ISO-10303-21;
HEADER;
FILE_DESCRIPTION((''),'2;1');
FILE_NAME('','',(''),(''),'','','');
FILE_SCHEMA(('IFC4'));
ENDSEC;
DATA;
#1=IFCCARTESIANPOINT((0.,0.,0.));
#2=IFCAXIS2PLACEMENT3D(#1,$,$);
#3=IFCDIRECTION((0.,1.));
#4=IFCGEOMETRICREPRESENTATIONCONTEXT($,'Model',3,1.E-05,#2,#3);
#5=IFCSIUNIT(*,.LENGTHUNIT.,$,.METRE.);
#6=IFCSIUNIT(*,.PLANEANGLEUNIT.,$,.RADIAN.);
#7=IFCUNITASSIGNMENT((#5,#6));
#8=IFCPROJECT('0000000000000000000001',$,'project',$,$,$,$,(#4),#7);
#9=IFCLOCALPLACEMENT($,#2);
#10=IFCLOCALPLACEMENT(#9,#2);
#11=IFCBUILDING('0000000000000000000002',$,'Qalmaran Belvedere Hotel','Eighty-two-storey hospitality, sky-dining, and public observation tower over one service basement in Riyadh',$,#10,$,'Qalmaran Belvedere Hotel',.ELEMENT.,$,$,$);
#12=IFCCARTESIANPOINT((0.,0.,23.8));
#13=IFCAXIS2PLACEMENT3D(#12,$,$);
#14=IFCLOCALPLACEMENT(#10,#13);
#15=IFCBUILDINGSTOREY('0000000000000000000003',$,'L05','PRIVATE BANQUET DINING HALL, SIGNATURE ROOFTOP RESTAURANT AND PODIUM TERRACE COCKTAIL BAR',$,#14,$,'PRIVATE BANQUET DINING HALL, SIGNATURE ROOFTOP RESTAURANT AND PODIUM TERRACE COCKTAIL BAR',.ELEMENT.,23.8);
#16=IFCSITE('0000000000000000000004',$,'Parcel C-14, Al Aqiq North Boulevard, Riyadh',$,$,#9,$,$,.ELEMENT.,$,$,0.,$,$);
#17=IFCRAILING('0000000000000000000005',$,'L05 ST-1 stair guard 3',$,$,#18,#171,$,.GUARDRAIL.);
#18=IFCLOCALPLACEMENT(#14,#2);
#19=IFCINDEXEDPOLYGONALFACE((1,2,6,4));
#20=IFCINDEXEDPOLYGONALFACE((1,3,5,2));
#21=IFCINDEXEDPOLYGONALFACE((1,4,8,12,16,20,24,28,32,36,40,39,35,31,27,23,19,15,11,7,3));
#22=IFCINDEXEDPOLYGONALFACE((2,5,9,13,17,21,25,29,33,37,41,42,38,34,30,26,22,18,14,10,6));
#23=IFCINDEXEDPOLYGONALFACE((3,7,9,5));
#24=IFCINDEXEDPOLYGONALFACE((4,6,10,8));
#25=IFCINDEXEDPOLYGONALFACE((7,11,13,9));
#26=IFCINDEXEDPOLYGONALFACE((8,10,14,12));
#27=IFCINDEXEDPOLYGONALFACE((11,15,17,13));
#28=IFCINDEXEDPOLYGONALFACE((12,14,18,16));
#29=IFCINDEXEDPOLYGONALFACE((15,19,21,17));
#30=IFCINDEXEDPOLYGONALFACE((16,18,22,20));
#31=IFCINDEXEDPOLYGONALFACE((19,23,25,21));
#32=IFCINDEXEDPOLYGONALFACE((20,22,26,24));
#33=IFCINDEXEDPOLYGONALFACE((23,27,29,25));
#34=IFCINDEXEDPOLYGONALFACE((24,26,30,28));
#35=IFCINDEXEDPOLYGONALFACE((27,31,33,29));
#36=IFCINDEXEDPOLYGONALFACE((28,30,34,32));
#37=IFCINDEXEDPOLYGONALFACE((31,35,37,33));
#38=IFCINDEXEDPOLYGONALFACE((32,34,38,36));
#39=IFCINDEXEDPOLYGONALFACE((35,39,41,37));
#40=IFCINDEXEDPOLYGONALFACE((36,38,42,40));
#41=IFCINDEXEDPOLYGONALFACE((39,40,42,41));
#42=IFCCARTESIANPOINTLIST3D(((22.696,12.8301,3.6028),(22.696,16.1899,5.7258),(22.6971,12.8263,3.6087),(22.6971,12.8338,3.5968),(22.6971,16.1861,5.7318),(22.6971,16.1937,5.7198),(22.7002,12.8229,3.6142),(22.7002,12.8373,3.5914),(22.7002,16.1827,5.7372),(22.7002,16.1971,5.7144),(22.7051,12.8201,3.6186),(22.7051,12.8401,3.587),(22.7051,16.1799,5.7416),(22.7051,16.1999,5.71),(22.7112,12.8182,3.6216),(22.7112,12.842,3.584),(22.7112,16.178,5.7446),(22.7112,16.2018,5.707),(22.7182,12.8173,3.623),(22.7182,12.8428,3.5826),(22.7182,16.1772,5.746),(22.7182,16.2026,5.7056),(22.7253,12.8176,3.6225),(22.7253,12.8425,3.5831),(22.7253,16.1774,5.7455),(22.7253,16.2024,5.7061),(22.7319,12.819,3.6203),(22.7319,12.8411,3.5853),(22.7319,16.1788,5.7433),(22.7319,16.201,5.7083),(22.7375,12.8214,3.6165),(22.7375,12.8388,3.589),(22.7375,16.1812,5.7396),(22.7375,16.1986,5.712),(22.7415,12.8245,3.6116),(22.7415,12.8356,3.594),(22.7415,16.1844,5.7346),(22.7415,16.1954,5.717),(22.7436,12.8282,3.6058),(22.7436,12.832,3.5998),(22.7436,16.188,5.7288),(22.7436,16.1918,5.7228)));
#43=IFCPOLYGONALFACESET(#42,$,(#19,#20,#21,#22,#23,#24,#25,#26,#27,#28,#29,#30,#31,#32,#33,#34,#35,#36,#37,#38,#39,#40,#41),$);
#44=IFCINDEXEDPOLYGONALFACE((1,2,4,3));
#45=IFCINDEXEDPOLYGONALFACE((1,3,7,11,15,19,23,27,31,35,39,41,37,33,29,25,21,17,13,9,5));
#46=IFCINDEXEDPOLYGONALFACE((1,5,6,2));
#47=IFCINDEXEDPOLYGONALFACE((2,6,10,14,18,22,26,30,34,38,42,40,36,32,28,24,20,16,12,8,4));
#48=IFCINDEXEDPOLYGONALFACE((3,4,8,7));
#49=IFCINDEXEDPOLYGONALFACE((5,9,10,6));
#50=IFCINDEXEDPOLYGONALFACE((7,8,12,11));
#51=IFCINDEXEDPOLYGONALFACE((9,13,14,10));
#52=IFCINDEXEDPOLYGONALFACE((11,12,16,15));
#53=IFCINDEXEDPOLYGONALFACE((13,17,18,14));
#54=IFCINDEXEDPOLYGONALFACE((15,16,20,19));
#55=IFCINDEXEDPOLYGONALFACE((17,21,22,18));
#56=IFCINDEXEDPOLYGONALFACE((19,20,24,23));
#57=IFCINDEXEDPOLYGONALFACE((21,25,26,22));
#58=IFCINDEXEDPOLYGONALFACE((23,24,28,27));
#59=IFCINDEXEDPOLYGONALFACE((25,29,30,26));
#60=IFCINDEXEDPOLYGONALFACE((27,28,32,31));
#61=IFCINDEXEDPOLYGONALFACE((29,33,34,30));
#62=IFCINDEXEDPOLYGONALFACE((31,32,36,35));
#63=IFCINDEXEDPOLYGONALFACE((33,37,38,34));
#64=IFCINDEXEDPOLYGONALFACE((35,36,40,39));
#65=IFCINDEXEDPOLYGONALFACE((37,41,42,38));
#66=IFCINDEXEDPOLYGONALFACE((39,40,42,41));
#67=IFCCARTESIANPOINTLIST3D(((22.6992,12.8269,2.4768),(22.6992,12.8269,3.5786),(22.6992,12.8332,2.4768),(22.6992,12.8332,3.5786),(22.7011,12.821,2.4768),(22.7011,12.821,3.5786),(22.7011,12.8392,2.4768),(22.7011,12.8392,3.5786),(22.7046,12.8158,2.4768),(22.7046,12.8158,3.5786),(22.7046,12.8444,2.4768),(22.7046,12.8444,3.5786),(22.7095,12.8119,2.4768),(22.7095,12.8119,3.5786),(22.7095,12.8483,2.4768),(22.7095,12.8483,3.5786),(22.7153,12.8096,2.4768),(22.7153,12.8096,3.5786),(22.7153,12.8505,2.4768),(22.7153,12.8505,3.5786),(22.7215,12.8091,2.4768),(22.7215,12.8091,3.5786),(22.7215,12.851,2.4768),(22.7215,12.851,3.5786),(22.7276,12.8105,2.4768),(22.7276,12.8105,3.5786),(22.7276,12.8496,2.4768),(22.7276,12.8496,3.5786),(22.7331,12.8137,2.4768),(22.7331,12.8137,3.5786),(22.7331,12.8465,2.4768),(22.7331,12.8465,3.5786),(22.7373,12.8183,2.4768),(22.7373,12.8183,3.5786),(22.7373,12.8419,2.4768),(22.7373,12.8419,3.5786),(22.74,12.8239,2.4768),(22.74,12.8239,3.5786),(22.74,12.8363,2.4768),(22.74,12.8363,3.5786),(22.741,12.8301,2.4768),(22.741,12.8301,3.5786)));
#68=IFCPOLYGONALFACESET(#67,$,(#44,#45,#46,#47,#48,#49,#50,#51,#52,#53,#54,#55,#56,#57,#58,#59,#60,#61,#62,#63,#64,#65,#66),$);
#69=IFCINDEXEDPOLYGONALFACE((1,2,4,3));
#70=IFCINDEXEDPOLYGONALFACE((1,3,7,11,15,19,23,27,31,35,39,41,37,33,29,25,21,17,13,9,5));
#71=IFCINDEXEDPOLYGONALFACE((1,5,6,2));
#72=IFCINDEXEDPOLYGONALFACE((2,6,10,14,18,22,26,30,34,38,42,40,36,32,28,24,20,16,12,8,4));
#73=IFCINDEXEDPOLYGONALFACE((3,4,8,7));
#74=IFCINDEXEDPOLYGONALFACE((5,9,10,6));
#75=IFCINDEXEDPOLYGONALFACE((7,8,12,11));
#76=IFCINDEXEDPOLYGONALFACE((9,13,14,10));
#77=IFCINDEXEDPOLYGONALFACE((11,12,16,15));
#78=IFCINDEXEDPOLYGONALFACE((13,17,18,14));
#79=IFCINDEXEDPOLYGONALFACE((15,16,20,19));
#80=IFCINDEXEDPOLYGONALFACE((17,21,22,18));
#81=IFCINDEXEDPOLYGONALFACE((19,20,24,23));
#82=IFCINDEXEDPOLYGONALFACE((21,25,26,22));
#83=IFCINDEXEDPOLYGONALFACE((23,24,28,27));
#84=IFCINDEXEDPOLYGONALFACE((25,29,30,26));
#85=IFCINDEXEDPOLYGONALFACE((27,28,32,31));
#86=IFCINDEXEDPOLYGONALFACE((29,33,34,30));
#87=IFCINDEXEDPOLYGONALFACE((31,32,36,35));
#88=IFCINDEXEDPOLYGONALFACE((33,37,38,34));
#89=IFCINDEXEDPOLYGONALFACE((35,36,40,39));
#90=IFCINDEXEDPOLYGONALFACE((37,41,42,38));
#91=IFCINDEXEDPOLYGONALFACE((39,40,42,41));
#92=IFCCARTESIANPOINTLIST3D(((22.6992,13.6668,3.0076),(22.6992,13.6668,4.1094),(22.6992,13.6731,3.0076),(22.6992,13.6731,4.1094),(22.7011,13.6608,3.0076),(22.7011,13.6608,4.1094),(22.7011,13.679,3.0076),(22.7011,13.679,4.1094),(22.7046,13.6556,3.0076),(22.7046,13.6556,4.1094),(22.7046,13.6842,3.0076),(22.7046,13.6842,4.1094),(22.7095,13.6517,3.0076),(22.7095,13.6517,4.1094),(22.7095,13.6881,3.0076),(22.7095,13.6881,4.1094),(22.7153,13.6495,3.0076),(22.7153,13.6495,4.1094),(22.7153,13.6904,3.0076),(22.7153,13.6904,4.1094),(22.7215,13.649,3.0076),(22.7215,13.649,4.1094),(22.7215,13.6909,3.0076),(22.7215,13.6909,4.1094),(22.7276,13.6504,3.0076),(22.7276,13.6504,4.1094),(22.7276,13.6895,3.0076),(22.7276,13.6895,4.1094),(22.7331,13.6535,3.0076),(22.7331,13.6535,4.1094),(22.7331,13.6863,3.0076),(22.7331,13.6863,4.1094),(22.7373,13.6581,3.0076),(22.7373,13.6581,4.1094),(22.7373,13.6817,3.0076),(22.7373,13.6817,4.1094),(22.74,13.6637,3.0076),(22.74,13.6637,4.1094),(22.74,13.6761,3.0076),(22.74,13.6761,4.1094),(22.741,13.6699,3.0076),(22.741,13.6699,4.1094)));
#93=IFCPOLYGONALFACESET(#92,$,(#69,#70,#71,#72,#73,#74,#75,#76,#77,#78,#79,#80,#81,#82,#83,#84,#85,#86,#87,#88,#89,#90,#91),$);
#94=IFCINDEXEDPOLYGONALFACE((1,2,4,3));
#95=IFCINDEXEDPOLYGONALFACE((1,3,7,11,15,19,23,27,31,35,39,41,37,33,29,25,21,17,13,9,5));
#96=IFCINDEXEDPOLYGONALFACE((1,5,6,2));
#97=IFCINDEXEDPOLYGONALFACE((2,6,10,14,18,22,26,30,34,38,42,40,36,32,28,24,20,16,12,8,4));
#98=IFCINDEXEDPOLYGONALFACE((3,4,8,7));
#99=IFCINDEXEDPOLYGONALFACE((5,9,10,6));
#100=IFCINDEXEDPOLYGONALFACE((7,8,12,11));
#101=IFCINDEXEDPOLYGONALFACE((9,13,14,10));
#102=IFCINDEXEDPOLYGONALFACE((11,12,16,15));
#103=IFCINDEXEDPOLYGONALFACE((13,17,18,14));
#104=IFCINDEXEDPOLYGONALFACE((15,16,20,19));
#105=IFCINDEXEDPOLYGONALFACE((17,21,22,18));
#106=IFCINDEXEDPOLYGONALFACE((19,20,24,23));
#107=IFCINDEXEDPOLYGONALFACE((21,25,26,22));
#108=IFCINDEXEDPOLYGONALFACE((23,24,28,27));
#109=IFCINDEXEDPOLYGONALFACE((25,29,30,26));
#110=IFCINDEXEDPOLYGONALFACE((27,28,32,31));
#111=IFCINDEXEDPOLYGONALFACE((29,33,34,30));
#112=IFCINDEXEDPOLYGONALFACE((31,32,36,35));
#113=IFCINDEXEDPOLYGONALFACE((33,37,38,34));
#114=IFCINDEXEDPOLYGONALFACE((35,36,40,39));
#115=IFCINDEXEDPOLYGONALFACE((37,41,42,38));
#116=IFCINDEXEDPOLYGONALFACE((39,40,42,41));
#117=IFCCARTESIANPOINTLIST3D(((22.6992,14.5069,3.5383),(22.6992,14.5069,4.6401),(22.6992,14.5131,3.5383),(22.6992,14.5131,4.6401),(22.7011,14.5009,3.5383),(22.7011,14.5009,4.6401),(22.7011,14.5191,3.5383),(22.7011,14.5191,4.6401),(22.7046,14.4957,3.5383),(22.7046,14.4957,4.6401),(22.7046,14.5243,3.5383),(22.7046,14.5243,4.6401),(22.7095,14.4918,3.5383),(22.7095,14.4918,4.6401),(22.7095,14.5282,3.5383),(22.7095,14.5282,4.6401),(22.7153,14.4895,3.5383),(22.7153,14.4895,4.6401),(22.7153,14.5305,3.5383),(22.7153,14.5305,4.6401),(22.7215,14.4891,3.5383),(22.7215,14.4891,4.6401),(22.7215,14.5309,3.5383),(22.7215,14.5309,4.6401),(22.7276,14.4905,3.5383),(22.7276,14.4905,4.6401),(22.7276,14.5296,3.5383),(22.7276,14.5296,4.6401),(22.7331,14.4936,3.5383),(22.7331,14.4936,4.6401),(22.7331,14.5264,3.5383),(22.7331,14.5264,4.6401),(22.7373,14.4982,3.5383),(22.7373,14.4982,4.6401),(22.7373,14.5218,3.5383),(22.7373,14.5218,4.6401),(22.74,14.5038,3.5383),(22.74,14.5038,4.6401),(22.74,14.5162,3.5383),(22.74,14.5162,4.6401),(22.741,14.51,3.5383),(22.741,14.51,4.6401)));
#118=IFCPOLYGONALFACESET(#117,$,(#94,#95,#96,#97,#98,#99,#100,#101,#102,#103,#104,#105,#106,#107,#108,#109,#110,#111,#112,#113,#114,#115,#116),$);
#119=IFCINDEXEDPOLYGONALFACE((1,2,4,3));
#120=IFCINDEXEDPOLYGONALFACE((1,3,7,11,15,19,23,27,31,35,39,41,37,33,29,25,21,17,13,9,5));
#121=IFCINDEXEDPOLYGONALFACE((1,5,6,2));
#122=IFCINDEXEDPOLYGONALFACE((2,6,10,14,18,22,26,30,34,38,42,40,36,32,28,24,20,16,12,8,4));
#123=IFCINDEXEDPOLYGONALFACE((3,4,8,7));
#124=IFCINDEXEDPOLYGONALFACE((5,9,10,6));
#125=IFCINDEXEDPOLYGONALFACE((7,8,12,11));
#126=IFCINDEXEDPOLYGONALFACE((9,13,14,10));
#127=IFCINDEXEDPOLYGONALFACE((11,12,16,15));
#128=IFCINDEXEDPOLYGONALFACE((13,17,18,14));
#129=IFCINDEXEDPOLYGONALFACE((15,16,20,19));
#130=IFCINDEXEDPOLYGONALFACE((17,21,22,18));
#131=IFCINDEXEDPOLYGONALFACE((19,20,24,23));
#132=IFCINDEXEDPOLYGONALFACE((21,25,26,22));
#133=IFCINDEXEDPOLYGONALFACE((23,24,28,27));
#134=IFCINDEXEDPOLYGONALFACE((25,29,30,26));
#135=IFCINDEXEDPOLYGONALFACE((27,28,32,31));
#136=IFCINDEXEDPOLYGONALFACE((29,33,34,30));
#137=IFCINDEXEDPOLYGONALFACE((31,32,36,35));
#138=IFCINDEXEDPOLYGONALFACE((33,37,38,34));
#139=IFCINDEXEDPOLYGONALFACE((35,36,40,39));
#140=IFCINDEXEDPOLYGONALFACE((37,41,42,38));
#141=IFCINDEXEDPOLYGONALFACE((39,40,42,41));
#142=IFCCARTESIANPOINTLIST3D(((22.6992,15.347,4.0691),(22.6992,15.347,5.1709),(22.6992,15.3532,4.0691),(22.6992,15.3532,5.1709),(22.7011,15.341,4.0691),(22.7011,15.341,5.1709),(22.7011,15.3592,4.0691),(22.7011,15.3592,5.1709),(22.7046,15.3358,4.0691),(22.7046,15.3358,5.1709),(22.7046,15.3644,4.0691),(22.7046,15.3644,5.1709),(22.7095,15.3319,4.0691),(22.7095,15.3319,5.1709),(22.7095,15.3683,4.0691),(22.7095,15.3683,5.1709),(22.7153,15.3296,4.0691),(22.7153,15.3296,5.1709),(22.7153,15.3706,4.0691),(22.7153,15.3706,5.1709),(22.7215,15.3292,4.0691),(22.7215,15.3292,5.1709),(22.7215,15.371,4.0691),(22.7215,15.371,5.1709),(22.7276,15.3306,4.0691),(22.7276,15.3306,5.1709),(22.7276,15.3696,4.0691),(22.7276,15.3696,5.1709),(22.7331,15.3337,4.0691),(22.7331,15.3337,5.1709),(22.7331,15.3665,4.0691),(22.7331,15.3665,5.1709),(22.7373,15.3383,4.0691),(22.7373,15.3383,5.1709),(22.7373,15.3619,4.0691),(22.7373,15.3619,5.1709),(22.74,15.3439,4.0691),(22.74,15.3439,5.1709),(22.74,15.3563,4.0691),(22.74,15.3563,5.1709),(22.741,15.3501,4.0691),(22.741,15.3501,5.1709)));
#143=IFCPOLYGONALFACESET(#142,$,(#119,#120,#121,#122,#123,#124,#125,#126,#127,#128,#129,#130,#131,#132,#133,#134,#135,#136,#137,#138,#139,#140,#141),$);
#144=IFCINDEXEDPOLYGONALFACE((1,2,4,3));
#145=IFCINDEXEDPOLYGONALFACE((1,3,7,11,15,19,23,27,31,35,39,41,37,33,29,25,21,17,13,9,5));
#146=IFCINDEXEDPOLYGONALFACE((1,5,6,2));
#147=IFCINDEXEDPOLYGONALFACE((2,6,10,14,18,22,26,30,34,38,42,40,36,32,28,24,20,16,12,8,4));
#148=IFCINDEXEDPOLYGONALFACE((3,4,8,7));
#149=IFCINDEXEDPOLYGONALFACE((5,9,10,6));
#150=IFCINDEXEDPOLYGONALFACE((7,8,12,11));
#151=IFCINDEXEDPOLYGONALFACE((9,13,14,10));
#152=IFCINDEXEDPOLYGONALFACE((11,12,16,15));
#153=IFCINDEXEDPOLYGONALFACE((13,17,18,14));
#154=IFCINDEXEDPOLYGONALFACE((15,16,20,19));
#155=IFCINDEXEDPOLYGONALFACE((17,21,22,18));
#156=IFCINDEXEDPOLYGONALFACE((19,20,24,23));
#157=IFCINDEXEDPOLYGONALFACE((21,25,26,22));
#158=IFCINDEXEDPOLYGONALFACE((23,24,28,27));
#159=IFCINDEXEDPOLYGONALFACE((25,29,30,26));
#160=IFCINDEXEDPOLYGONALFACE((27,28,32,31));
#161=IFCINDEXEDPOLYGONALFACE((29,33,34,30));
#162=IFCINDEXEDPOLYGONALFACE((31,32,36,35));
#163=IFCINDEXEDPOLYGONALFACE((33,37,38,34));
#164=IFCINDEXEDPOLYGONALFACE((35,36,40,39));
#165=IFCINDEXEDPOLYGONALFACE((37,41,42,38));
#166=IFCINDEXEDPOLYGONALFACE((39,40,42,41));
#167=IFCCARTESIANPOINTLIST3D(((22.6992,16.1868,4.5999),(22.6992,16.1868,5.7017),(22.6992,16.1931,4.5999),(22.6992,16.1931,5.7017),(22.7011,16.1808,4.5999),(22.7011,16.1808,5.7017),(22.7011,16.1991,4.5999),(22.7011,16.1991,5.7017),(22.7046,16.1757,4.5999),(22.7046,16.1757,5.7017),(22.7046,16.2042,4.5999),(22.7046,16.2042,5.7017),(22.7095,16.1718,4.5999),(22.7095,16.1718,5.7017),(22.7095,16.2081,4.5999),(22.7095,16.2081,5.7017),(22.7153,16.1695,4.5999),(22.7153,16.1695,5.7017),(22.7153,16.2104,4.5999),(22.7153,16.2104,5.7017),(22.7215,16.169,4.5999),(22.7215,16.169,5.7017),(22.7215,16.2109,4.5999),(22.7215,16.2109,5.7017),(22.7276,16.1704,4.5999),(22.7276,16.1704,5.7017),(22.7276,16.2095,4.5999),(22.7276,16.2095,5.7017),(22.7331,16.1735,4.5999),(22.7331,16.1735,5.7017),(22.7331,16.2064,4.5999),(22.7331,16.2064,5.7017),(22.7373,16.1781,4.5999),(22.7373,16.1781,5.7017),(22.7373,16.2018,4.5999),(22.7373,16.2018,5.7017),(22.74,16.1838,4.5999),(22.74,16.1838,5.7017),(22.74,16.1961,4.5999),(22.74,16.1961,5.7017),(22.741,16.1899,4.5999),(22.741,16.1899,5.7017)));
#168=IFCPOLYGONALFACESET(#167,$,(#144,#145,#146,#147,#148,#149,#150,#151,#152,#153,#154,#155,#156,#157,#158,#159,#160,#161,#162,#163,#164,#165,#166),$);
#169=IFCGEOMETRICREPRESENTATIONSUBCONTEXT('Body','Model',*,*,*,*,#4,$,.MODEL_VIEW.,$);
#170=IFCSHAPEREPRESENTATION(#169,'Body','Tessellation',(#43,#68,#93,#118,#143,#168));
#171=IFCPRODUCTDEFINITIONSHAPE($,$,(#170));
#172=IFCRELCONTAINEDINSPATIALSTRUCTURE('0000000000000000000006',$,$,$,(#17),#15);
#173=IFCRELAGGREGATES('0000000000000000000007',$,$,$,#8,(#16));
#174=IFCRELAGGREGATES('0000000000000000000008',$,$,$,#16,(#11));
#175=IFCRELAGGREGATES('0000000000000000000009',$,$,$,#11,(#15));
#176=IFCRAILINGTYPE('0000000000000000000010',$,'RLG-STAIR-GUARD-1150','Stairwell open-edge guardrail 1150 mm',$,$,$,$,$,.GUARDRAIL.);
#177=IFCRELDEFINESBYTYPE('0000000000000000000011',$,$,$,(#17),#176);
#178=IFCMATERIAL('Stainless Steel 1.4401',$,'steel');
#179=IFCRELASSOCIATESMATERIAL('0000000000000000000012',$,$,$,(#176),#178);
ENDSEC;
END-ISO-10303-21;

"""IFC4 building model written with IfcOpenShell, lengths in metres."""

from ifc_helpers import new_model, si_unit, direction, frame, origin, origin_2d, place, context, subcontext, project, spatial, circle, extrude, material, type_object, element, save


model = new_model("IFC4")

# Units and contexts
model_context = context("Model", 3, precision=1e-05, world=origin(), true_north=direction((0.0, 1.0)))
body_context = subcontext(model_context, "Body", "Model", "MODEL_VIEW")
ifc_project = project(units=[si_unit("LENGTHUNIT", "METRE"), si_unit("PLANEANGLEUNIT", "RADIAN")], contexts=[model_context])

# Site, building, storey
site_placement = place(None, origin())
site = spatial("IfcSite", under=ifc_project, at=site_placement, Name="Parcel C-14, Al Aqiq North Boulevard, Riyadh", CompositionType="ELEMENT", RefElevation=0.0)
building_placement = place(site_placement, origin())
building = spatial("IfcBuilding", under=site, at=building_placement, Name="Qalmaran Belvedere Hotel", Description="Eighty-two-storey hospitality, sky-dining, and public observation tower over one service basement in Riyadh", LongName="Qalmaran Belvedere Hotel", CompositionType="ELEMENT")
storey_placement = place(building_placement, frame((0.0, 0.0, 23.8)))
storey = spatial("IfcBuildingStorey", under=building, at=storey_placement, Name="L05", Description="PRIVATE BANQUET DINING HALL, SIGNATURE ROOFTOP RESTAURANT AND PODIUM TERRACE COCKTAIL BAR", LongName="PRIVATE BANQUET DINING HALL, SIGNATURE ROOFTOP RESTAURANT AND PODIUM TERRACE COCKTAIL BAR", CompositionType="ELEMENT", Elevation=23.8)

# Railing
ifc_material_1 = material(Name="Stainless Steel 1.4401", Category="steel")
railing_type_1 = type_object("IfcRailingType", Name="RLG-STAIR-GUARD-1150", Description="Stairwell open-edge guardrail 1150 mm", PredefinedType="GUARDRAIL", material=ifc_material_1)
railing_1_placement = place(storey_placement, frame((22.72, 12.8301, 2.4768)))
element("IfcRailing", 1, at=railing_1_placement, inside=storey, type_object=railing_type_1, Name="L05 ST-1 stair guard 3", PredefinedType="GUARDRAIL", context=body_context, shape_type="SweptSolid", body=[
    extrude(circle(Radius=0.0239, at=origin_2d()), frame((0.0, 0.0, 1.126), z_axis=(0.0, 0.845372, 0.534178), x_axis=(-1.0, 0.0, 0.0)), (0.0, 0.0, 1.0), 3.9744),
    extrude(circle(Radius=0.021, at=origin_2d()), origin(), (0.0, 0.0, 1.0), 1.1018),
    extrude(circle(Radius=0.021, at=origin_2d()), frame((0.0, 0.8398, 0.5308)), (0.0, 0.0, 1.0), 1.1018),
    extrude(circle(Radius=0.021, at=origin_2d()), frame((0.0, 1.6799, 1.0615)), (0.0, 0.0, 1.0), 1.1018),
    extrude(circle(Radius=0.021, at=origin_2d()), frame((0.0, 2.52, 1.5923)), (0.0, 0.0, 1.0), 1.1018),
    extrude(circle(Radius=0.021, at=origin_2d()), frame((0.0, 3.3599, 2.123)), (0.0, 0.0, 1.0), 1.1018),
])

save(model, "model.ifc")
